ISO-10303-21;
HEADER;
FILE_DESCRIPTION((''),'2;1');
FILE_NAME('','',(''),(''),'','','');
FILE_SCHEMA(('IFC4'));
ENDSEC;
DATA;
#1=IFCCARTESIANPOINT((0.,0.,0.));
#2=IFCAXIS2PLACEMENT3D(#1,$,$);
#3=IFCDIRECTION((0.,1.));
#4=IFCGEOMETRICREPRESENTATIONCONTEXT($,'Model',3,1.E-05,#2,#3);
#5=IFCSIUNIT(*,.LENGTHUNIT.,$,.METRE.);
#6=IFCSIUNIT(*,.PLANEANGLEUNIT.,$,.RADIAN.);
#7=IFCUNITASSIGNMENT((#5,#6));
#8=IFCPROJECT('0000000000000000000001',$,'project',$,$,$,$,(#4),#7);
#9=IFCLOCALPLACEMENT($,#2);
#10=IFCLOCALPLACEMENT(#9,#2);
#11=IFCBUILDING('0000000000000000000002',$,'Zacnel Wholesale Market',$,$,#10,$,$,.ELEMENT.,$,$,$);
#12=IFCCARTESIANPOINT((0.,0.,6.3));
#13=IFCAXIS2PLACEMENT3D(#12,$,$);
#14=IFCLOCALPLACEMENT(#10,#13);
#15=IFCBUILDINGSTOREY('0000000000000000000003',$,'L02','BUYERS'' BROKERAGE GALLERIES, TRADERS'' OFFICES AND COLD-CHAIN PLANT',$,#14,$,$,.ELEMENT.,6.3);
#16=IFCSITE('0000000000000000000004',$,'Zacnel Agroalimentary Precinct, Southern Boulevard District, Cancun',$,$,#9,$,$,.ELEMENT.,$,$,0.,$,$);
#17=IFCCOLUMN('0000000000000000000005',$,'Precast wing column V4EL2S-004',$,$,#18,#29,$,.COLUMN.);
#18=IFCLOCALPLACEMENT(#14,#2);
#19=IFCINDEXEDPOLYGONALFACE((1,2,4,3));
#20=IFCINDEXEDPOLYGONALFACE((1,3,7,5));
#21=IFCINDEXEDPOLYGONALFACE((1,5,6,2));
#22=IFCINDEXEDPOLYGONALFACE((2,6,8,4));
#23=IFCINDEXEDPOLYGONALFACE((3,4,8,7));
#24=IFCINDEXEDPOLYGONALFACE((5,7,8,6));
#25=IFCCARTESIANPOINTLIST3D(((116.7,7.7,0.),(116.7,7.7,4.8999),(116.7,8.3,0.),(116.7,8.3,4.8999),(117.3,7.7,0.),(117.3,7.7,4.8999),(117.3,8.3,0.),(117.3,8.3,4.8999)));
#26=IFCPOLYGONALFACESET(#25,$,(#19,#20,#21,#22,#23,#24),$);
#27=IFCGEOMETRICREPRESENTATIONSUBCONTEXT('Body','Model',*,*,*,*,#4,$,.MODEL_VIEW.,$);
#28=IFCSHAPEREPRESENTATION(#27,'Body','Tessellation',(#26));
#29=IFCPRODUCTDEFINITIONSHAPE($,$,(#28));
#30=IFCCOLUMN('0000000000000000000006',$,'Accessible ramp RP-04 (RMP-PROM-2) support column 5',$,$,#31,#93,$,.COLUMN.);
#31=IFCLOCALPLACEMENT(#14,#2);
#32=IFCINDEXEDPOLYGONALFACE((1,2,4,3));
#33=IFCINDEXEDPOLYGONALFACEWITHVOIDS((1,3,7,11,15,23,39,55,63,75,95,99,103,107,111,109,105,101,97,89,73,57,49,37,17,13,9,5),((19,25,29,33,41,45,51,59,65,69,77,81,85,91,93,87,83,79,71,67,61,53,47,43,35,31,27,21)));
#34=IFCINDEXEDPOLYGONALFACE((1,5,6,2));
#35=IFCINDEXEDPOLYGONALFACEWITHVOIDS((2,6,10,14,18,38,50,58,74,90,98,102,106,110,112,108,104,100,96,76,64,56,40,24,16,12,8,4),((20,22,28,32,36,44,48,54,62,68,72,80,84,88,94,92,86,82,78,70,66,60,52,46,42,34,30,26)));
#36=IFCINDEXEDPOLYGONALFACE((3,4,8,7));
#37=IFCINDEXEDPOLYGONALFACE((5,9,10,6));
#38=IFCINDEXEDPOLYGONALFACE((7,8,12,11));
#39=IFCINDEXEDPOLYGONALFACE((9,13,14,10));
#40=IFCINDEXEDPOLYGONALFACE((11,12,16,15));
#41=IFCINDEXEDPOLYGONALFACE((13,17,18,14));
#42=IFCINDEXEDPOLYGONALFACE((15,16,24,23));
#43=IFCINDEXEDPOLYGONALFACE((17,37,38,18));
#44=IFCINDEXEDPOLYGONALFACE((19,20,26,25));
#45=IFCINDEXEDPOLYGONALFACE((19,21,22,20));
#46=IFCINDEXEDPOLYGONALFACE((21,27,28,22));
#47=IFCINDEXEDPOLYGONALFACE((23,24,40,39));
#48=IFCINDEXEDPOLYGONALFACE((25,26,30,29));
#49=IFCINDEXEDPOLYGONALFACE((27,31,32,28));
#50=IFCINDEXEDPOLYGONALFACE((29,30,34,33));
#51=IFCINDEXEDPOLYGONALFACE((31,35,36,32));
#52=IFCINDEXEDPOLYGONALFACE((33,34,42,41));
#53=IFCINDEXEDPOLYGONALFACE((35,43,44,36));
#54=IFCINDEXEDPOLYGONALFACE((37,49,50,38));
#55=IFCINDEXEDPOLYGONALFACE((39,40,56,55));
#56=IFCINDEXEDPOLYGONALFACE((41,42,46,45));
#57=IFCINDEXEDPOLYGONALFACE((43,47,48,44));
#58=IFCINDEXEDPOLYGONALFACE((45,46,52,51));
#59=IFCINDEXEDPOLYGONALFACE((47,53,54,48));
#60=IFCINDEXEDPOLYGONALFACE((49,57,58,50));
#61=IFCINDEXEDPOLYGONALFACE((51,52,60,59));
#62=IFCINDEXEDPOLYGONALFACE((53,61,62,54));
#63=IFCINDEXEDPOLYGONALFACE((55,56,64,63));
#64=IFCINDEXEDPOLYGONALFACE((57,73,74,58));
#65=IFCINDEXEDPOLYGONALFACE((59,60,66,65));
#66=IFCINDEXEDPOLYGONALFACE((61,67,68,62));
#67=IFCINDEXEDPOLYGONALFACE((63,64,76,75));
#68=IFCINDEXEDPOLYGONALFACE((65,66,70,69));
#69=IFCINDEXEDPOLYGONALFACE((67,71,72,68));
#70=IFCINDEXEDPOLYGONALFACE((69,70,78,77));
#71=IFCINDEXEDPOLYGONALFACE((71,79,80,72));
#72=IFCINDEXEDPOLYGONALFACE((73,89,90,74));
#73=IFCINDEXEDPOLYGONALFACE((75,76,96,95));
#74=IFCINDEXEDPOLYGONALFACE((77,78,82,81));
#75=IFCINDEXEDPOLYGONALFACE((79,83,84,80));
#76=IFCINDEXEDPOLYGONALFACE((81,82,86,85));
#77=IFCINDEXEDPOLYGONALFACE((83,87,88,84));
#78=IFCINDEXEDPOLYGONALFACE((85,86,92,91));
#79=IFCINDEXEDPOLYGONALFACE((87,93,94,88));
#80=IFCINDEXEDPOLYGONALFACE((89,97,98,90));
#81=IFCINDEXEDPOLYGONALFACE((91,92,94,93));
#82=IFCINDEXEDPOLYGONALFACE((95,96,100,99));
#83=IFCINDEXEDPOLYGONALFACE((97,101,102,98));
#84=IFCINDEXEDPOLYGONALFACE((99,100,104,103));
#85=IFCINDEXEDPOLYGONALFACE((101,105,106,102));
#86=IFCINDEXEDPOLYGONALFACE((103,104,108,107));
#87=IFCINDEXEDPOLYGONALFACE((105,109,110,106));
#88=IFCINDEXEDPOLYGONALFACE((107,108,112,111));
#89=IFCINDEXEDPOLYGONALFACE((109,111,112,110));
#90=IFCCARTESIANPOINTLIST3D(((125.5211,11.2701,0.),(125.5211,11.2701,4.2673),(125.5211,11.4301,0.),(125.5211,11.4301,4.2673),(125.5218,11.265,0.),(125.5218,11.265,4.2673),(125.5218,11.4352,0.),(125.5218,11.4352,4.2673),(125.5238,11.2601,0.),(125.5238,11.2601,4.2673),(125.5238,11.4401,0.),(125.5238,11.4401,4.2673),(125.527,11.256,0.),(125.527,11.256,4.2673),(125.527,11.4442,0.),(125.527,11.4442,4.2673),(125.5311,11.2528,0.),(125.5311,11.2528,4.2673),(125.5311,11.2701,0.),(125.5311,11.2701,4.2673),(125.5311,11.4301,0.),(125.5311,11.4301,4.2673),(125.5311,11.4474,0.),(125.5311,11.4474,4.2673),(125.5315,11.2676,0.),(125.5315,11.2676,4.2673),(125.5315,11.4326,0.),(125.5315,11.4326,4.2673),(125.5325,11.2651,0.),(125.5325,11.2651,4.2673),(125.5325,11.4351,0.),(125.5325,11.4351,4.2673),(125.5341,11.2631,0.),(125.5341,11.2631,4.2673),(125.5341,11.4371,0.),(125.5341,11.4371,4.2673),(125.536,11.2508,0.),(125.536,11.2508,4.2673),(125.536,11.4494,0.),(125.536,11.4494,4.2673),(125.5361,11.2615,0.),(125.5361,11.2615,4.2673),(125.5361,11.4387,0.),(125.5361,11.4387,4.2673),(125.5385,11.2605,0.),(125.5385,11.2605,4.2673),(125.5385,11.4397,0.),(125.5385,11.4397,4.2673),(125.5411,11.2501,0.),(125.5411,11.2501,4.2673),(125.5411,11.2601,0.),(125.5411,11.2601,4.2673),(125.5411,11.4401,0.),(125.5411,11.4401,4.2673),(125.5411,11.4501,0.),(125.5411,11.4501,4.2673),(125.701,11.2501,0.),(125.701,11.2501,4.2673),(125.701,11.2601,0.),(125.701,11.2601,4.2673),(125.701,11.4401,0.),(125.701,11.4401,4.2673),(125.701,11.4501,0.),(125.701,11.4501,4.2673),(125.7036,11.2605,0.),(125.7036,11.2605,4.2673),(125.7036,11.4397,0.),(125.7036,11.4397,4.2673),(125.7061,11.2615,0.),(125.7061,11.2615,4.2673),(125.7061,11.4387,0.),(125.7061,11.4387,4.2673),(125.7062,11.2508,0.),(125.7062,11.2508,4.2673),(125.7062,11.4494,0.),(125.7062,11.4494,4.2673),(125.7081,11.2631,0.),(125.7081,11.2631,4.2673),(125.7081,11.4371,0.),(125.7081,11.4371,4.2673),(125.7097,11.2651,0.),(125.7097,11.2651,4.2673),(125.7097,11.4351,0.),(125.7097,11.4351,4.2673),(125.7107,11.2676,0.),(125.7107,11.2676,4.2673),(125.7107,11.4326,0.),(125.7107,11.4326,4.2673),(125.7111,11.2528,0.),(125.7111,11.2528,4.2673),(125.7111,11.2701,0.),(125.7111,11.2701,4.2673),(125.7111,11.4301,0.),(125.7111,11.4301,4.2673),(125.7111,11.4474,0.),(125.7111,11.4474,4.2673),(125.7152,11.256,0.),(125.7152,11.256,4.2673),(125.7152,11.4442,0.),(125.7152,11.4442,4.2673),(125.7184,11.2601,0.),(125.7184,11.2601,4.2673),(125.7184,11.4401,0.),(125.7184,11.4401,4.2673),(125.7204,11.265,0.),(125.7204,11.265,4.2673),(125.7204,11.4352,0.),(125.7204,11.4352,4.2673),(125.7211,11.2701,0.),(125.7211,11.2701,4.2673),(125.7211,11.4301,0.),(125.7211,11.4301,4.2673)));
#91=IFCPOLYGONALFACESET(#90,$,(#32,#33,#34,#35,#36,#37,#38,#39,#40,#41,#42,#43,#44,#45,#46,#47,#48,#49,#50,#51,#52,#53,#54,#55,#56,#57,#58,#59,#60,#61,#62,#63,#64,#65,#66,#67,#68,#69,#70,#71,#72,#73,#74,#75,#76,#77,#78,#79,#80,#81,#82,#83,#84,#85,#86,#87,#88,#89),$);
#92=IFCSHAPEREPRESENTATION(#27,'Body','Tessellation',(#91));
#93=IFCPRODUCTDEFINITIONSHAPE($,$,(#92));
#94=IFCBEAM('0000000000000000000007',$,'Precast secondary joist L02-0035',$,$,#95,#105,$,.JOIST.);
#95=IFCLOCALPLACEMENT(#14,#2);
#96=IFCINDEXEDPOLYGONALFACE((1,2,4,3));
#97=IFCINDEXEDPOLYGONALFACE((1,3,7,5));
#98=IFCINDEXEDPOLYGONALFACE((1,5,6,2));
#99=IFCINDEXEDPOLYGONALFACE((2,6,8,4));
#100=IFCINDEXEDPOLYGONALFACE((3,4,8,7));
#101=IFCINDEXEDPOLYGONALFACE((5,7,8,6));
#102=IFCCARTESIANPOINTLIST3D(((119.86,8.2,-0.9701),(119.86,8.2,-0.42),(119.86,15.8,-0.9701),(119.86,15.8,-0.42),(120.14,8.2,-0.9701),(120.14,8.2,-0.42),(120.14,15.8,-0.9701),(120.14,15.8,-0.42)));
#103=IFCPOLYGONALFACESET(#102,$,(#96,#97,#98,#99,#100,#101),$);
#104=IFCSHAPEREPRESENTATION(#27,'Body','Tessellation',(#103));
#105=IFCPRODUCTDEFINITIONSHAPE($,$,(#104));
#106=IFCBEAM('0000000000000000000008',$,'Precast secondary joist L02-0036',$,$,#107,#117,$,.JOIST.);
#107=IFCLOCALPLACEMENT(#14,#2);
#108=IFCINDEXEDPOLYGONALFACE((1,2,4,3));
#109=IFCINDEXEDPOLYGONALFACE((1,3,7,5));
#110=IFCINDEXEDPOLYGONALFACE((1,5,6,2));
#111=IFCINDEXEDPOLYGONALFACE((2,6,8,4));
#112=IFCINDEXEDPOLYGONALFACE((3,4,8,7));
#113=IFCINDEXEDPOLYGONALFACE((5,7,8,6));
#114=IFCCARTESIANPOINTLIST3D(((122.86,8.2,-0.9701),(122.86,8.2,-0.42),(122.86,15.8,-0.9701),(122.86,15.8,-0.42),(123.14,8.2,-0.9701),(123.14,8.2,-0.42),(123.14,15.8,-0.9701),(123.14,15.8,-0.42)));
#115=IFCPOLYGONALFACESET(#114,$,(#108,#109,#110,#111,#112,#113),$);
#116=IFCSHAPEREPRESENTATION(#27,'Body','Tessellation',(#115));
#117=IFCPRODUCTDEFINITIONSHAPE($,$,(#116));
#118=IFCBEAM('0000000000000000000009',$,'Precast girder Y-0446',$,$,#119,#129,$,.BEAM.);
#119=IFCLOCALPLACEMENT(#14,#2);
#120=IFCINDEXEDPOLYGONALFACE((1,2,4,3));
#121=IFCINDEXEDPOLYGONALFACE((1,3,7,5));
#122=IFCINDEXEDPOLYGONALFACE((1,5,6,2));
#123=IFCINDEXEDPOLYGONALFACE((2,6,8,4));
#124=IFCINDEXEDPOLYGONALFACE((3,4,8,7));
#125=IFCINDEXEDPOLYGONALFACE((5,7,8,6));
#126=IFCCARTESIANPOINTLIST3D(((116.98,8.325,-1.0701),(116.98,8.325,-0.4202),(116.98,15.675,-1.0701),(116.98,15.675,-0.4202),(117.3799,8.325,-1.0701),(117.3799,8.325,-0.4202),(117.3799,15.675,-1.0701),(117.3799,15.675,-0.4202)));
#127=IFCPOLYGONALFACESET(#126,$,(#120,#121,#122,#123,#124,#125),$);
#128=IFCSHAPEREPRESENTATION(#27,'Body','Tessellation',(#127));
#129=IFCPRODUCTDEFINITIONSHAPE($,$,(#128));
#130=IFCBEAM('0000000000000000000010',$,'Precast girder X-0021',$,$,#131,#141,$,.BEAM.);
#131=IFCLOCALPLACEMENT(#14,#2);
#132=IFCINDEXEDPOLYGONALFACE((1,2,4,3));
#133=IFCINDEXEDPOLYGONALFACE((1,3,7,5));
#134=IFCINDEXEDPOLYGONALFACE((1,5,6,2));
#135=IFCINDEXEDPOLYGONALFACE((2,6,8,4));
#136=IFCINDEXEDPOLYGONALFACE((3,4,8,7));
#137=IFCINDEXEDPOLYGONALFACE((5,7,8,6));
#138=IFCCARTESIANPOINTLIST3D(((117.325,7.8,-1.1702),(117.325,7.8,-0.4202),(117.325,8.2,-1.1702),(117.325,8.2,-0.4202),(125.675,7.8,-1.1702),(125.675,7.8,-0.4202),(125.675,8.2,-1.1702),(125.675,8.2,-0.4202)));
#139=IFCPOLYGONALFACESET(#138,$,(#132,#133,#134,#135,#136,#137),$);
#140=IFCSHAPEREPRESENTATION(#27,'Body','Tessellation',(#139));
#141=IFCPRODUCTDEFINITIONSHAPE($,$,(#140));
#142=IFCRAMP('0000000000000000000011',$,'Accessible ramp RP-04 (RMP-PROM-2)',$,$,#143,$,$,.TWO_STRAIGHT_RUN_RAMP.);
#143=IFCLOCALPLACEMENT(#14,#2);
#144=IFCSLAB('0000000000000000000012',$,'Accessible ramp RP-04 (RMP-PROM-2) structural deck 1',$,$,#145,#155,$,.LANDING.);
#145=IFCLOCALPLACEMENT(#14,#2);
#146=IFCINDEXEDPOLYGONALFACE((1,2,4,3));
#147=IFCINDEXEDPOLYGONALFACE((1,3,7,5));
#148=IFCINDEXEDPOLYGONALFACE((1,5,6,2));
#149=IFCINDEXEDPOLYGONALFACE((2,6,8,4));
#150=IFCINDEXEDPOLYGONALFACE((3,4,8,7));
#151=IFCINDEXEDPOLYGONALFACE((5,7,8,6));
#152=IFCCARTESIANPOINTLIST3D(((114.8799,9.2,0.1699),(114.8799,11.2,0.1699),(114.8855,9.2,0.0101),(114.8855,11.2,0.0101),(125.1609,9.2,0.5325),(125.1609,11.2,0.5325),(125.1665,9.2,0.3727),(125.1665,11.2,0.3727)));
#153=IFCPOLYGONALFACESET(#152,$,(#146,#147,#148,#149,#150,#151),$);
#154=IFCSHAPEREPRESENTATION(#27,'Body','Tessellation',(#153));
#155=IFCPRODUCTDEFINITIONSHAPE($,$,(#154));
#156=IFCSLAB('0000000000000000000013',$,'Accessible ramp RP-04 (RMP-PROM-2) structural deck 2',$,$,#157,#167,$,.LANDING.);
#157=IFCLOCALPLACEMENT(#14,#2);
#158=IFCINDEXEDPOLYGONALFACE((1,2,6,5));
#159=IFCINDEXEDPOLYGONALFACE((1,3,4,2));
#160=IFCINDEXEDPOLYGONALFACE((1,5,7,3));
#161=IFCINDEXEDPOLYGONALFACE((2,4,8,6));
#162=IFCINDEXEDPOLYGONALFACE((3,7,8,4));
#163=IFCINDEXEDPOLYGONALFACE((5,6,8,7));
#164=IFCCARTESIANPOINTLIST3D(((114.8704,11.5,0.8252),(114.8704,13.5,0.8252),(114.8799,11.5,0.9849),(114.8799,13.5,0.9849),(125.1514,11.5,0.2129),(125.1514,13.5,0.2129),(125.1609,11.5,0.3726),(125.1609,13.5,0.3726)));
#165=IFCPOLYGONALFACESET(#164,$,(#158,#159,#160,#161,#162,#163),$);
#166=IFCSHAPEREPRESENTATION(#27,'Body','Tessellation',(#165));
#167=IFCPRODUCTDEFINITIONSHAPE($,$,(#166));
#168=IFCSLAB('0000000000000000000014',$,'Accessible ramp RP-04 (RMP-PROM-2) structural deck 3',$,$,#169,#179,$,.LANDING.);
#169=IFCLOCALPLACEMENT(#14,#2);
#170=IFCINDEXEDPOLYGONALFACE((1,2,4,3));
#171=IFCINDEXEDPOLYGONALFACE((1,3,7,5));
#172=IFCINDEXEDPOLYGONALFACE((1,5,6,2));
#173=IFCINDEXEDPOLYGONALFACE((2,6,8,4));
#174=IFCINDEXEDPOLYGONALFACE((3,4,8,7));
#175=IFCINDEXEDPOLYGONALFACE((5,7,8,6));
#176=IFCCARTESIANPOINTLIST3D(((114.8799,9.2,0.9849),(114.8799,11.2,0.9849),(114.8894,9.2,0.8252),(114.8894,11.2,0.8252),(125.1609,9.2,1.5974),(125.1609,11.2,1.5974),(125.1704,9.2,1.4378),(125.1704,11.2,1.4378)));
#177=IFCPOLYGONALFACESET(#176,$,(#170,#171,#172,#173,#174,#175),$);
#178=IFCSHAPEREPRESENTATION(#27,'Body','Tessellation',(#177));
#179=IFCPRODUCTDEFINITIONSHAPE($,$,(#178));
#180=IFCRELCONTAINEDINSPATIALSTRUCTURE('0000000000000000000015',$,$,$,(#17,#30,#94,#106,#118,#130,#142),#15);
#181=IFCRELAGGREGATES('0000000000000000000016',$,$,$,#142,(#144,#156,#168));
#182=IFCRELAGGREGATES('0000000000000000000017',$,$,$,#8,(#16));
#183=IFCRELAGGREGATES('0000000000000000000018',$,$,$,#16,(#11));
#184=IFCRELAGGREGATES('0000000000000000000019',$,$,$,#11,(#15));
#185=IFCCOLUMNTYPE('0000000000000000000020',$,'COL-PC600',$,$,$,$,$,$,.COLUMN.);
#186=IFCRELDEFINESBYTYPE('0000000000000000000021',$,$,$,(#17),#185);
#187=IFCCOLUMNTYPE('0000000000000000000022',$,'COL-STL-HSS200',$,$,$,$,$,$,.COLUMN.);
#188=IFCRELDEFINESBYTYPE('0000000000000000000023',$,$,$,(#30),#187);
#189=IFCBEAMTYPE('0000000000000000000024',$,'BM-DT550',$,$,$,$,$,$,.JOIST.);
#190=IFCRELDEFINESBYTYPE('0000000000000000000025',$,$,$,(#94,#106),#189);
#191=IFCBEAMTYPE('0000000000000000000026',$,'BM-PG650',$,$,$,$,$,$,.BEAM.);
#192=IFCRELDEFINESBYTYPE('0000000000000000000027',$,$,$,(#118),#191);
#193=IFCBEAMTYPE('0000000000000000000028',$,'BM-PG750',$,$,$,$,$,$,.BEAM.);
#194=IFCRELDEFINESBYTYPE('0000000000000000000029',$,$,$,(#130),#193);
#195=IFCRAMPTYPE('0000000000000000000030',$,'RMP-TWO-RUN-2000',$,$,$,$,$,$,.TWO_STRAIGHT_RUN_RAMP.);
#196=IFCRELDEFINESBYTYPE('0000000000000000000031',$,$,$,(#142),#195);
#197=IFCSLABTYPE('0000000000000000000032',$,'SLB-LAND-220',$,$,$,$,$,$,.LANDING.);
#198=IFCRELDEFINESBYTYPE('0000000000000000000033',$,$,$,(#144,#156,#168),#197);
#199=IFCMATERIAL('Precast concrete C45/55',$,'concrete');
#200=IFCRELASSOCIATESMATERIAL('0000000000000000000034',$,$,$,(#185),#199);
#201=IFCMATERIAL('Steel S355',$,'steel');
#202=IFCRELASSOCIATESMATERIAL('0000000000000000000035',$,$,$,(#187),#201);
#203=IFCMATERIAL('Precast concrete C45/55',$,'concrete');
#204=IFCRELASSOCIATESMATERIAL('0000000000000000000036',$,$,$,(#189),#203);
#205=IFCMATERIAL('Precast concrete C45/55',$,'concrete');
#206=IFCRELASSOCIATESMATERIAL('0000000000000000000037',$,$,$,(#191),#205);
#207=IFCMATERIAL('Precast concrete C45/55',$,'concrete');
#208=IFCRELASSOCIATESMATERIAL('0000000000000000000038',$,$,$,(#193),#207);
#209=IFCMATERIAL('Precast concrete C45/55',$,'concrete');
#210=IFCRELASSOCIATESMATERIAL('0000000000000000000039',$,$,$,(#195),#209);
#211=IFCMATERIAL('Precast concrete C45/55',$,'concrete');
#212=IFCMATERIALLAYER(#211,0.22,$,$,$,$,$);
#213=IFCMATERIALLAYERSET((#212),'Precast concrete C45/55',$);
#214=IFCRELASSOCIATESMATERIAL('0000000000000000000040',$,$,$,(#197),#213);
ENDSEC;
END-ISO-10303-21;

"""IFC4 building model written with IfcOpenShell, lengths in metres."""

from ifc_helpers import new_model, si_unit, direction, frame, origin, origin_2d, place, context, subcontext, project, spatial, polyline, rectangle, hollow_rectangle, outline, extrude, material, layer, layer_set, material_profile, profile_set, type_object, element, aggregate, save


model = new_model("IFC4")

# Units and contexts
model_context = context("Model", 3, precision=1e-05, world=origin(), true_north=direction((0.0, 1.0)))
body_context = subcontext(model_context, "Body", "Model", "MODEL_VIEW")
ifc_project = project(units=[si_unit("LENGTHUNIT", "METRE"), si_unit("PLANEANGLEUNIT", "RADIAN")], contexts=[model_context])

# Site, building, storey
site_placement = place(None, origin())
site = spatial("IfcSite", under=ifc_project, at=site_placement, Name="Zacnel Agroalimentary Precinct, Southern Boulevard District, Cancun", CompositionType="ELEMENT", RefElevation=0.0)
building_placement = place(site_placement, origin())
building = spatial("IfcBuilding", under=site, at=building_placement, Name="Zacnel Wholesale Market", CompositionType="ELEMENT")
storey_placement = place(building_placement, frame((0.0, 0.0, 6.3)))
storey = spatial("IfcBuildingStorey", under=building, at=storey_placement, Name="L02", Description="BUYERS' BROKERAGE GALLERIES, TRADERS' OFFICES AND COLD-CHAIN PLANT", CompositionType="ELEMENT", Elevation=6.3)

# Columns
ifc_material_1 = material(Name="Precast concrete C45/55", Category="concrete")
ifc_material_profile_1 = material_profile(ifc_material_1, rectangle(XDim=0.6001, YDim=0.6001, at=origin_2d()), Name="PC 600x600")
ifc_profile_set_1 = profile_set([ifc_material_profile_1], Name="Precast concrete C45/55")
column_type_1 = type_object("IfcColumnType", Name="COL-PC600", PredefinedType="COLUMN", material=ifc_profile_set_1)
column_1_placement = place(storey_placement, frame((117.0, 8.0, 0.0), z_axis=(0.0, 0.0, 1.0), x_axis=(1.0, 0.0, 0.0)))
element("IfcColumn", 1, at=column_1_placement, inside=storey, type_object=column_type_1, Name="Precast wing column V4EL2S-004", PredefinedType="COLUMN", context=body_context, shape_type="SweptSolid", body=[
    extrude(rectangle(XDim=0.6001, YDim=0.6001, at=origin_2d()), origin(), (0.0, 0.0, 1.0), 4.8999),
])
ifc_material_2 = material(Name="Steel S355", Category="steel")
ifc_material_profile_2 = material_profile(ifc_material_2, hollow_rectangle(XDim=0.2, YDim=0.2, WallThickness=0.01, InnerFilletRadius=0.01, OuterFilletRadius=0.02, at=origin_2d()), Name="HSS 200x200x10")
ifc_profile_set_2 = profile_set([ifc_material_profile_2], Name="Steel S355")
column_type_2 = type_object("IfcColumnType", Name="COL-STL-HSS200", PredefinedType="COLUMN", material=ifc_profile_set_2)
column_2_placement = place(storey_placement, frame((125.6211, 11.3501, 0.0), z_axis=(0.0, 0.0, 1.0), x_axis=(1.0, 0.0, 0.0)))
element("IfcColumn", 2, at=column_2_placement, inside=storey, type_object=column_type_2, Name="Accessible ramp RP-04 (RMP-PROM-2) support column 5", PredefinedType="COLUMN", context=body_context, shape_type="SweptSolid", body=[
    extrude(hollow_rectangle(XDim=0.2, YDim=0.2, WallThickness=0.01, InnerFilletRadius=0.01, OuterFilletRadius=0.02, at=origin_2d()), origin(), (0.0, 0.0, 1.0), 4.2673),
])

# Beams
ifc_material_3 = material(Name="Precast concrete C45/55", Category="concrete")
ifc_material_profile_3 = material_profile(ifc_material_3, rectangle(XDim=0.28, YDim=0.55, at=origin_2d()), Name="DT RIB 280x550")
ifc_profile_set_3 = profile_set([ifc_material_profile_3], Name="Precast concrete C45/55")
beam_type_1 = type_object("IfcBeamType", Name="BM-DT550", PredefinedType="JOIST", material=ifc_profile_set_3)
for number, where, z_axis, x_axis, name in (
    (3, (120.0, 8.2, -0.6951), (0.0, 1.0, 0.0), (-1.0, 0.0, 0.0), "Precast secondary joist L02-0035"),
    (4, (123.0, 8.2, -0.6951), (0.0, 1.0, 0.0), (-1.0, 0.0, 0.0), "Precast secondary joist L02-0036"),
):
    element("IfcBeam", number, at=place(storey_placement, frame(where, z_axis=z_axis, x_axis=x_axis)), inside=storey, type_object=beam_type_1, Name=name, PredefinedType="JOIST", context=body_context, shape_type="SweptSolid", body=[
        extrude(rectangle(XDim=0.28, YDim=0.55, at=origin_2d()), origin(), (0.0, 0.0, 1.0), 7.6001),
    ])
ifc_material_4 = material(Name="Precast concrete C45/55", Category="concrete")
ifc_material_profile_4 = material_profile(ifc_material_4, rectangle(XDim=0.3999, YDim=0.6499, at=origin_2d()), Name="PG 400x650")
ifc_profile_set_4 = profile_set([ifc_material_profile_4], Name="Precast concrete C45/55")
beam_type_2 = type_object("IfcBeamType", Name="BM-PG650", PredefinedType="BEAM", material=ifc_profile_set_4)
beam_1_placement = place(storey_placement, frame((117.1799, 8.325, -0.7451), z_axis=(0.0, 1.0, 0.0), x_axis=(-1.0, 0.0, 0.0)))
element("IfcBeam", 5, at=beam_1_placement, inside=storey, type_object=beam_type_2, Name="Precast girder Y-0446", PredefinedType="BEAM", context=body_context, shape_type="SweptSolid", body=[
    extrude(rectangle(XDim=0.3999, YDim=0.6499, at=origin_2d()), origin(), (0.0, 0.0, 1.0), 7.3501),
])
ifc_material_5 = material(Name="Precast concrete C45/55", Category="concrete")
ifc_material_profile_5 = material_profile(ifc_material_5, rectangle(XDim=0.3999, YDim=0.75, at=origin_2d()), Name="PG 400x750")
ifc_profile_set_5 = profile_set([ifc_material_profile_5], Name="Precast concrete C45/55")
beam_type_3 = type_object("IfcBeamType", Name="BM-PG750", PredefinedType="BEAM", material=ifc_profile_set_5)
beam_2_placement = place(storey_placement, frame((117.325, 8.0, -0.7952), z_axis=(1.0, 0.0, 0.0), x_axis=(0.0, 1.0, 0.0)))
element("IfcBeam", 6, at=beam_2_placement, inside=storey, type_object=beam_type_3, Name="Precast girder X-0021", PredefinedType="BEAM", context=body_context, shape_type="SweptSolid", body=[
    extrude(rectangle(XDim=0.3999, YDim=0.75, at=origin_2d()), origin(), (0.0, 0.0, 1.0), 8.3501),
])

# Ramp, slabs
ifc_material_6 = material(Name="Precast concrete C45/55", Category="concrete")
ramp_type = type_object("IfcRampType", Name="RMP-TWO-RUN-2000", PredefinedType="TWO_STRAIGHT_RUN_RAMP", material=ifc_material_6)
ramp_placement = place(storey_placement, origin())
ramp = element("IfcRamp", 7, at=ramp_placement, inside=storey, type_object=ramp_type, Name="Accessible ramp RP-04 (RMP-PROM-2)", PredefinedType="TWO_STRAIGHT_RUN_RAMP")
ifc_material_7 = material(Name="Precast concrete C45/55", Category="concrete")
ifc_layer_1 = layer(ifc_material_7, 0.22)
ifc_layer_set_1 = layer_set([ifc_layer_1], Name="Precast concrete C45/55")
slab_type = type_object("IfcSlabType", Name="SLB-LAND-220", PredefinedType="LANDING", material=ifc_layer_set_1)
slab_1_placement = place(storey_placement, frame((114.8799, 9.2, 0.1699), z_axis=(-0.035242, 0.0, 0.999379), x_axis=(0.999379, 0.0, 0.035242)))
slab_1 = element("IfcSlab", 8, at=slab_1_placement, type_object=slab_type, Name="Accessible ramp RP-04 (RMP-PROM-2) structural deck 1", PredefinedType="LANDING", context=body_context, shape_type="SweptSolid", body=[
    extrude(outline(polyline([(0.0, 0.0), (10.2874, 0.0), (10.2874, 2.0), (0.0, 2.0), (0.0, 0.0)])), origin(), (0.0, 0.0, -1.0), 0.1599),
])
slab_2_placement = place(storey_placement, frame((114.8799, 11.5, 0.9849), z_axis=(0.059452, 0.0, 0.998231), x_axis=(0.998231, 0.0, -0.059452)))
slab_2 = element("IfcSlab", 9, at=slab_2_placement, type_object=slab_type, Name="Accessible ramp RP-04 (RMP-PROM-2) structural deck 2", PredefinedType="LANDING", context=body_context, shape_type="SweptSolid", body=[
    extrude(outline(polyline([(0.0, 0.0), (10.2992, 0.0), (10.2992, 2.0), (0.0, 2.0), (0.0, 0.0)])), origin(), (0.0, 0.0, -1.0), 0.1599),
])
slab_3_placement = place(storey_placement, frame((114.8799, 9.2, 0.9849), z_axis=(-0.059475, 0.0, 0.99823), x_axis=(0.99823, 0.0, 0.059475)))
slab_3 = element("IfcSlab", 10, at=slab_3_placement, type_object=slab_type, Name="Accessible ramp RP-04 (RMP-PROM-2) structural deck 3", PredefinedType="LANDING", context=body_context, shape_type="SweptSolid", body=[
    extrude(outline(polyline([(0.0, 0.0), (10.2992, 0.0), (10.2992, 2.0), (0.0, 2.0), (0.0, 0.0)])), origin(), (0.0, 0.0, -1.0), 0.1599),
])

aggregate(ramp, [slab_1, slab_2, slab_3])

save(model, "model.ifc")
